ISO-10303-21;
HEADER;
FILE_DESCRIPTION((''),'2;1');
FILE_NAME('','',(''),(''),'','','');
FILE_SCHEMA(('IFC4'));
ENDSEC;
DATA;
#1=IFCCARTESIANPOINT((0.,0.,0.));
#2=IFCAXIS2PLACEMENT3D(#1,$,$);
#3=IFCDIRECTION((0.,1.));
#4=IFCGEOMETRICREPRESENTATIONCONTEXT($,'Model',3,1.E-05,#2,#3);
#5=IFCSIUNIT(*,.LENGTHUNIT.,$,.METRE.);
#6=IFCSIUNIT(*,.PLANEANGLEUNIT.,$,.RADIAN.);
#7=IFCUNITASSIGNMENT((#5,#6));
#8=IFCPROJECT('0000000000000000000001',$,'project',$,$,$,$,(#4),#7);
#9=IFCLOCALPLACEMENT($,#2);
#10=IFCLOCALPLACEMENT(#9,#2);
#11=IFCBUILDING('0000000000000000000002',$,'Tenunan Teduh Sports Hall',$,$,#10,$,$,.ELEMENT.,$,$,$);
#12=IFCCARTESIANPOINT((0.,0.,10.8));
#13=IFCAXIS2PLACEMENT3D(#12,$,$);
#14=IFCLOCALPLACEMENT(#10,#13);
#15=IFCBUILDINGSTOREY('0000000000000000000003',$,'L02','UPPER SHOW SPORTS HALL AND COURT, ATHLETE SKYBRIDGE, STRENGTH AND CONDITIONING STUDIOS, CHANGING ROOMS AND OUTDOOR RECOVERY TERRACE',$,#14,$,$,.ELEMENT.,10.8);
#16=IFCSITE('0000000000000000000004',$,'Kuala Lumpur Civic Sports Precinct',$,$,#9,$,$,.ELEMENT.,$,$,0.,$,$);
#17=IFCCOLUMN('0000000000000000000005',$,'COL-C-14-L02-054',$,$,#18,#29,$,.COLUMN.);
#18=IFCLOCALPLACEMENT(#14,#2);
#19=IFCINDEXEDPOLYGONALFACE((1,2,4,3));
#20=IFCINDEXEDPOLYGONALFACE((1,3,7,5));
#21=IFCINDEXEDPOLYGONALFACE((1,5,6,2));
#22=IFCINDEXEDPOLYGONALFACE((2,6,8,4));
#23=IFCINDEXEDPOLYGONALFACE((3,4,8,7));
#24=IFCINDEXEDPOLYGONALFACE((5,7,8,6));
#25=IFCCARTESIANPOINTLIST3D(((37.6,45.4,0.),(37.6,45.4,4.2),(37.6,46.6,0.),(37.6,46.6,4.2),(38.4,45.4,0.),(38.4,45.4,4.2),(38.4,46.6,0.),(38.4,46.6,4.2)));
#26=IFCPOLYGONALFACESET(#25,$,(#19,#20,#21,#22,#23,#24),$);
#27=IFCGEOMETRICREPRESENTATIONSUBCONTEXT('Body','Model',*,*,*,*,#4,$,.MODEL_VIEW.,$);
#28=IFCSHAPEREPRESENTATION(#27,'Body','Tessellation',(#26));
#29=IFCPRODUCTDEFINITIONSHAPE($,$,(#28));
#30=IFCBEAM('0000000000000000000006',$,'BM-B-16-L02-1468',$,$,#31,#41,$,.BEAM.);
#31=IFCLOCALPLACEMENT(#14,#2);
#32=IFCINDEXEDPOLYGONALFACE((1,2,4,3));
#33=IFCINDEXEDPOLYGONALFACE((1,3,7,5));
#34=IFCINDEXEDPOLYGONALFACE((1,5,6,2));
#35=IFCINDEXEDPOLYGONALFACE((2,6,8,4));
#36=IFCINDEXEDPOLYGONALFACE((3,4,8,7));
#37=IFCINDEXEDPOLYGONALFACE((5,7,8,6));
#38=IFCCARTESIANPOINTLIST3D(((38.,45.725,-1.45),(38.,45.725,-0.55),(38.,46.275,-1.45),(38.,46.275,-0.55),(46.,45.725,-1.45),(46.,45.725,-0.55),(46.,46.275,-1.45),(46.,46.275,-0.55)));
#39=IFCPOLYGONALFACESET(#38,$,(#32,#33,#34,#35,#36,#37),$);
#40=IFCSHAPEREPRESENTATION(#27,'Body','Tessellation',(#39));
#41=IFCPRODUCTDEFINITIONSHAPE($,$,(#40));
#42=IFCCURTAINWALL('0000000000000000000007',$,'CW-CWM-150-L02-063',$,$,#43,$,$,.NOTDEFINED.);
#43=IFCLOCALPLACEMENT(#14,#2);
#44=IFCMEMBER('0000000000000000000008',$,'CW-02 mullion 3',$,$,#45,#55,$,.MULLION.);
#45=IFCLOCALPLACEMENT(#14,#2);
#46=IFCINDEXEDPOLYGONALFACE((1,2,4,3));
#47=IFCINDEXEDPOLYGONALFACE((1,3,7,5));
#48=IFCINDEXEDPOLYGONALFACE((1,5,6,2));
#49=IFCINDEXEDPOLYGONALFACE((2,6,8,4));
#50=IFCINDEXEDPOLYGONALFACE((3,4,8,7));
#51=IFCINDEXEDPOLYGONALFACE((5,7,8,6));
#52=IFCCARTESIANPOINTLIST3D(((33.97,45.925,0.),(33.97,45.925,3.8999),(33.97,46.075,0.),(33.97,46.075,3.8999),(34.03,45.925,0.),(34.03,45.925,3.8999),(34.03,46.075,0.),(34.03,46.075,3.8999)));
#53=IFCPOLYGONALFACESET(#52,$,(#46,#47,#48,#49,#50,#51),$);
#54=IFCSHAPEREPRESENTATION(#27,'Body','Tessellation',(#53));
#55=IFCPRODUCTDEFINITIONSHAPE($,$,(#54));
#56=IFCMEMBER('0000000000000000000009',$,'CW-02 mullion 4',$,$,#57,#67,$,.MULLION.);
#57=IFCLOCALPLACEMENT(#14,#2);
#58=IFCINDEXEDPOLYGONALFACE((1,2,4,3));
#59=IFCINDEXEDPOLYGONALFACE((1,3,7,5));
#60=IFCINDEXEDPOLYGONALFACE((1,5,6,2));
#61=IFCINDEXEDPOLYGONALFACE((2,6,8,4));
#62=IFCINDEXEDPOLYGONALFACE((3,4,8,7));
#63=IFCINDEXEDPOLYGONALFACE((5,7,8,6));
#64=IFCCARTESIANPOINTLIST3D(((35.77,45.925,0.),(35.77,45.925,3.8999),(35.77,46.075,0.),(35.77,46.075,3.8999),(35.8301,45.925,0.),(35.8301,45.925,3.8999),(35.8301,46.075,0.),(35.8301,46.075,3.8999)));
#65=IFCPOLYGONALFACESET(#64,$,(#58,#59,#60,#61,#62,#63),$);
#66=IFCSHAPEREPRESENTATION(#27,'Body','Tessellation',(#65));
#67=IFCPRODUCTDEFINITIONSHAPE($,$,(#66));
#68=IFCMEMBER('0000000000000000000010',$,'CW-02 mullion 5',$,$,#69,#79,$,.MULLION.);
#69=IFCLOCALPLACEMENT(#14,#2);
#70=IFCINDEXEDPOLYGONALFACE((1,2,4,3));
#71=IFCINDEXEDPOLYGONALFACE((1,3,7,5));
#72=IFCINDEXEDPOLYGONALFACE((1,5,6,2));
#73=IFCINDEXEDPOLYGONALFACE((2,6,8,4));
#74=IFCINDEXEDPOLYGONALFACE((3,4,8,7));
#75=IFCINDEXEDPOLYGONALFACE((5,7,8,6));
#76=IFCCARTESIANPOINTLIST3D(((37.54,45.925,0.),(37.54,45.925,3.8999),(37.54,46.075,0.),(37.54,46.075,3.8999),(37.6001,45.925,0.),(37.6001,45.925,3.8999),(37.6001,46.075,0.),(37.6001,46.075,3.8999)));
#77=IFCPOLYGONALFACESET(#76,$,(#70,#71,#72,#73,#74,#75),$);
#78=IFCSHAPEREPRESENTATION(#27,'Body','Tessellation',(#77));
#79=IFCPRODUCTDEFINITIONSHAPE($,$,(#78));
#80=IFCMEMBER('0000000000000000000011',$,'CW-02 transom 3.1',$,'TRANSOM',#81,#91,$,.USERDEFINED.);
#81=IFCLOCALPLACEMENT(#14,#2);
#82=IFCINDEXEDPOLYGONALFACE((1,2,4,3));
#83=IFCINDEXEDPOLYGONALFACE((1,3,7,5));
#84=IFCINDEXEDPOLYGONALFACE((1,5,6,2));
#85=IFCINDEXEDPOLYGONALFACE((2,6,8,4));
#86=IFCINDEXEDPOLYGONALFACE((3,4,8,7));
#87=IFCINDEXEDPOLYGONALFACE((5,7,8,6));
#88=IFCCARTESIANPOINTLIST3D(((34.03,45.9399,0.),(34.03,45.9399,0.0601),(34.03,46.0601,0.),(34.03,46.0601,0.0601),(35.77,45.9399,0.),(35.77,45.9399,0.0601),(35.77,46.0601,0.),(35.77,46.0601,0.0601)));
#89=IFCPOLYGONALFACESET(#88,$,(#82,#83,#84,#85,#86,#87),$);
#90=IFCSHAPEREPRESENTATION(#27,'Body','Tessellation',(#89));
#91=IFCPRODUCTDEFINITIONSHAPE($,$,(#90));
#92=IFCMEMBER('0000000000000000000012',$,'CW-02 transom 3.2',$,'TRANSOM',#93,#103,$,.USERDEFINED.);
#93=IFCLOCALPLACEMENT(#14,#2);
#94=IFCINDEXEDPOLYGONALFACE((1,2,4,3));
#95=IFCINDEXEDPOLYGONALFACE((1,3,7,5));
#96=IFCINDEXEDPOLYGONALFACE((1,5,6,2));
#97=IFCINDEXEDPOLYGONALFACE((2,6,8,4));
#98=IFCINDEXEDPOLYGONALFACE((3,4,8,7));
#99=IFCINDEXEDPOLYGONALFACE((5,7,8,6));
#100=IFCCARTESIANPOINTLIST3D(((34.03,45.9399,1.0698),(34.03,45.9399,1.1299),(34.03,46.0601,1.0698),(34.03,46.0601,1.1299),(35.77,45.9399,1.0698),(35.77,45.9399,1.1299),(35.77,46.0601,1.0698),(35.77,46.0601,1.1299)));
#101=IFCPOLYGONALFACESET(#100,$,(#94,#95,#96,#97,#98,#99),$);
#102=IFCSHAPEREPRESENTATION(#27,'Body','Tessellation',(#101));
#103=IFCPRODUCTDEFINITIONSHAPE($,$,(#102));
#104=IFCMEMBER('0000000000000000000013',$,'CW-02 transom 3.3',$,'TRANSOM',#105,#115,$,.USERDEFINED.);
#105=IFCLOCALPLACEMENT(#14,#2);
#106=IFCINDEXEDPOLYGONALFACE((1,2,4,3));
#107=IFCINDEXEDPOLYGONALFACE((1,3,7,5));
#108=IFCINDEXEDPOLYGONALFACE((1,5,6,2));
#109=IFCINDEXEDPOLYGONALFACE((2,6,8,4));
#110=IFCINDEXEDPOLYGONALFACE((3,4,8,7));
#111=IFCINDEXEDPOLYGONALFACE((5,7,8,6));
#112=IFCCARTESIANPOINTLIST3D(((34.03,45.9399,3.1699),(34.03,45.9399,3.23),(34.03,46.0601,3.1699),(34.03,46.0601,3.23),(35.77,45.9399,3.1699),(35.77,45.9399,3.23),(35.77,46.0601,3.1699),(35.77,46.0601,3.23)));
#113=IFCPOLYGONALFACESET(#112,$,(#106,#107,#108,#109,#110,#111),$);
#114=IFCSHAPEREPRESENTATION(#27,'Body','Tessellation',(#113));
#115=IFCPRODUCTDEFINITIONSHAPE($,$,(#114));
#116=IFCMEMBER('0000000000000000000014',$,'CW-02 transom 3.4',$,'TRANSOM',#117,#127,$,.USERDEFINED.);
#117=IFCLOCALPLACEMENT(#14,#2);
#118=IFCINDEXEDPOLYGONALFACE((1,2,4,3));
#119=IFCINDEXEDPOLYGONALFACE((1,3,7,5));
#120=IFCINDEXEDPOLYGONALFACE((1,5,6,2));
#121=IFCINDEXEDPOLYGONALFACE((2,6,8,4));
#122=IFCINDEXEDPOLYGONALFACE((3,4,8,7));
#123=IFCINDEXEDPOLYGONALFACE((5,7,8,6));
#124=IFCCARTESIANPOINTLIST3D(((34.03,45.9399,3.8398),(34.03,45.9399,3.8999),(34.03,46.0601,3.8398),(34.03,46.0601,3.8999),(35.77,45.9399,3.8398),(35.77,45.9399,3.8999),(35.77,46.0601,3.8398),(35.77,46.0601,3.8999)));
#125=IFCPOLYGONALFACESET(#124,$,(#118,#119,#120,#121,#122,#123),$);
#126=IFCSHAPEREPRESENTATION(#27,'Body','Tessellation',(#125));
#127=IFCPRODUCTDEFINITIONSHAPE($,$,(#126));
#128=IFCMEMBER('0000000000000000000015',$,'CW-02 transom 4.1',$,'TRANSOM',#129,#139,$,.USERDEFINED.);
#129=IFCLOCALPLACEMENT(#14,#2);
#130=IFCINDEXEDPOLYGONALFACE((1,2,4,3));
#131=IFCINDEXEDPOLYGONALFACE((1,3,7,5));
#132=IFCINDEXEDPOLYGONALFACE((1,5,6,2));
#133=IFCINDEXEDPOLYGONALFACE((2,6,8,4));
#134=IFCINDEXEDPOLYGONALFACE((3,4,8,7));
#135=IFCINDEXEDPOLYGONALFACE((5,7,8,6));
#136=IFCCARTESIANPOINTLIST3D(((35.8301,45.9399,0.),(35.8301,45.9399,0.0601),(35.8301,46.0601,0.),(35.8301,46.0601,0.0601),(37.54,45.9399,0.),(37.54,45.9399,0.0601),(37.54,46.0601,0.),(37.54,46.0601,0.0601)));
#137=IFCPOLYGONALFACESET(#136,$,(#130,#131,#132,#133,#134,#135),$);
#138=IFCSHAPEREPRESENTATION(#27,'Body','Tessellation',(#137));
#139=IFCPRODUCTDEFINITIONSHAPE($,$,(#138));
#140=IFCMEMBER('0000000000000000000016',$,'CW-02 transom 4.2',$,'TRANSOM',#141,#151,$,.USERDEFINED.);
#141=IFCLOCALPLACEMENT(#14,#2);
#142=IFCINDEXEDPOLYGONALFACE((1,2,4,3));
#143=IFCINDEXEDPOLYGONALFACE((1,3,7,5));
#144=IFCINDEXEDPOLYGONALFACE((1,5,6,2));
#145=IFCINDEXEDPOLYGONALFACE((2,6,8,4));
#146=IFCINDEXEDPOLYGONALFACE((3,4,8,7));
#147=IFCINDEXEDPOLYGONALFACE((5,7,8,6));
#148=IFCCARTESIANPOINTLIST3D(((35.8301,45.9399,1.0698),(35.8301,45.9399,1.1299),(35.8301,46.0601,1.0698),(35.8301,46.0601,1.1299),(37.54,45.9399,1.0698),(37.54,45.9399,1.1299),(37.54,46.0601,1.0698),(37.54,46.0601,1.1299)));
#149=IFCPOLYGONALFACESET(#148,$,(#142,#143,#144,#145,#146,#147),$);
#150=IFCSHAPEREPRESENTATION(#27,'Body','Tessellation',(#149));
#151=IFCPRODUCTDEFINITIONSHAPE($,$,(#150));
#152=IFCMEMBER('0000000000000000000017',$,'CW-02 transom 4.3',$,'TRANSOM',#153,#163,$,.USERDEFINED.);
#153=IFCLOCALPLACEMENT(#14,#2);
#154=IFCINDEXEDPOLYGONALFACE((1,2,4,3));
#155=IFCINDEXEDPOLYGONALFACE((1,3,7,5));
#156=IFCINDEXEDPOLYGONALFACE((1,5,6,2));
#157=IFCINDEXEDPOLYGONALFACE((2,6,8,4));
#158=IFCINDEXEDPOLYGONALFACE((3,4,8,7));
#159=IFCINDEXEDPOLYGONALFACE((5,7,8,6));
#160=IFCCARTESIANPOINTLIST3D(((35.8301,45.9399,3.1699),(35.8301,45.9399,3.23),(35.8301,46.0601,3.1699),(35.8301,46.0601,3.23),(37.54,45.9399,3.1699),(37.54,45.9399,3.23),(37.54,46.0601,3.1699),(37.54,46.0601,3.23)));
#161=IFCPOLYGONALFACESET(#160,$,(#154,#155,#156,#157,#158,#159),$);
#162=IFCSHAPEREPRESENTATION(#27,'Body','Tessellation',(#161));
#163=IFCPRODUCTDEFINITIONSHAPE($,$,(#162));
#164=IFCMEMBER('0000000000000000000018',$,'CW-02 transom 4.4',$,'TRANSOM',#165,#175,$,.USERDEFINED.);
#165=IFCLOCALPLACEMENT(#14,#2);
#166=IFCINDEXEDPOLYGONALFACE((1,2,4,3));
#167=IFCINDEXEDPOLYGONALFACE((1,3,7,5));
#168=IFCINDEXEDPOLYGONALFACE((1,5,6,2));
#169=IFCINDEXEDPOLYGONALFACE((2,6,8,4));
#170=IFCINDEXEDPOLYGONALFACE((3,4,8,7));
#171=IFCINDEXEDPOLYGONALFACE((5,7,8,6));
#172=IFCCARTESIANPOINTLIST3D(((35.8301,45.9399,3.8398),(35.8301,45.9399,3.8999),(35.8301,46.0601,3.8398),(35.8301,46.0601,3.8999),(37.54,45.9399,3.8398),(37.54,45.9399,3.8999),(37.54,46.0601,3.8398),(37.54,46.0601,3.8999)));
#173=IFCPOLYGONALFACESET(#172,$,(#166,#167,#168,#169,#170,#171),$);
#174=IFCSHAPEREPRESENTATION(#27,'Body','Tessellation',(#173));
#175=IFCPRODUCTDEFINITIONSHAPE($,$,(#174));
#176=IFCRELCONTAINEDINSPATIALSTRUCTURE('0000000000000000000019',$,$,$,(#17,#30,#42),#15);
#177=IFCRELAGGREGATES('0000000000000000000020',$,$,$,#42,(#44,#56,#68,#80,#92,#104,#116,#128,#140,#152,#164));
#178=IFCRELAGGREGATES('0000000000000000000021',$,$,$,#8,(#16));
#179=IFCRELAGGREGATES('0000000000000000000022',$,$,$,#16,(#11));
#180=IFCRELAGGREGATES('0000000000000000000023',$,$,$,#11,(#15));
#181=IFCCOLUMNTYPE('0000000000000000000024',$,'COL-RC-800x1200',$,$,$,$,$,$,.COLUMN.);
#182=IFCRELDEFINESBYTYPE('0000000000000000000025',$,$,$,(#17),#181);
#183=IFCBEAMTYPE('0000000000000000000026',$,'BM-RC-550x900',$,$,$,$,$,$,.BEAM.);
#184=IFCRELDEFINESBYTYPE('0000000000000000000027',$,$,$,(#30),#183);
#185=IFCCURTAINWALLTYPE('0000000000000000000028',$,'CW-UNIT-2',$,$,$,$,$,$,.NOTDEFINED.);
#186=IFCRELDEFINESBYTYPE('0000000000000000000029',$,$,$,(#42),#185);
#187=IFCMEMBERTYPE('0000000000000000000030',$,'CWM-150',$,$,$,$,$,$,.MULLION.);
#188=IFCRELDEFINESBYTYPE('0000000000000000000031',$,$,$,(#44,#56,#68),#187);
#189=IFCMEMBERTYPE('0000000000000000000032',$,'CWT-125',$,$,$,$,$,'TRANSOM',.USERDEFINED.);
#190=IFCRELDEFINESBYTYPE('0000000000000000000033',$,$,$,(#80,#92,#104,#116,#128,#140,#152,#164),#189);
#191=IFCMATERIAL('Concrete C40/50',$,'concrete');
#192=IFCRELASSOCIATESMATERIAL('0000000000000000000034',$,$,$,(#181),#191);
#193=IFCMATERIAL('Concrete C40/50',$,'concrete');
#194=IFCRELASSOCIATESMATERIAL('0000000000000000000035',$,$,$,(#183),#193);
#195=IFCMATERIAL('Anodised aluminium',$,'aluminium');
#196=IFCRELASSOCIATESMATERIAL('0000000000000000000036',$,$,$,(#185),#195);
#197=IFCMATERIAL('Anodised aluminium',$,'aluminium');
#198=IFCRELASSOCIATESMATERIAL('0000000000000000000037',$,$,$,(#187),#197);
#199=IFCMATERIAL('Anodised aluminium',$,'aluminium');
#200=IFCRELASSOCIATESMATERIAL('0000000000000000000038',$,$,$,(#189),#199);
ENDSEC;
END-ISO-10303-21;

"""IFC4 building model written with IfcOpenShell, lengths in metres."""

from ifc_helpers import new_model, si_unit, direction, frame, origin, origin_2d, place, context, subcontext, project, spatial, rectangle, extrude, material, material_profile, profile_set, type_object, element, aggregate, save


model = new_model("IFC4")

# Units and contexts
model_context = context("Model", 3, precision=1e-05, world=origin(), true_north=direction((0.0, 1.0)))
body_context = subcontext(model_context, "Body", "Model", "MODEL_VIEW")
ifc_project = project(units=[si_unit("LENGTHUNIT", "METRE"), si_unit("PLANEANGLEUNIT", "RADIAN")], contexts=[model_context])

# Site, building, storey
site_placement = place(None, origin())
site = spatial("IfcSite", under=ifc_project, at=site_placement, Name="Kuala Lumpur Civic Sports Precinct", CompositionType="ELEMENT", RefElevation=0.0)
building_placement = place(site_placement, origin())
building = spatial("IfcBuilding", under=site, at=building_placement, Name="Tenunan Teduh Sports Hall", CompositionType="ELEMENT")
storey_placement = place(building_placement, frame((0.0, 0.0, 10.8)))
storey = spatial("IfcBuildingStorey", under=building, at=storey_placement, Name="L02", Description="UPPER SHOW SPORTS HALL AND COURT, ATHLETE SKYBRIDGE, STRENGTH AND CONDITIONING STUDIOS, CHANGING ROOMS AND OUTDOOR RECOVERY TERRACE", CompositionType="ELEMENT", Elevation=10.8)

# Column
ifc_material_1 = material(Name="Concrete C40/50", Category="concrete")
ifc_material_profile_1 = material_profile(ifc_material_1, rectangle(XDim=0.8, YDim=1.2, at=origin_2d()), Name="RC 800x1200")
ifc_profile_set_1 = profile_set([ifc_material_profile_1], Name="Concrete C40/50")
column_type = type_object("IfcColumnType", Name="COL-RC-800x1200", PredefinedType="COLUMN", material=ifc_profile_set_1)
column_placement = place(storey_placement, frame((38.0, 46.0, 0.0), z_axis=(0.0, 0.0, 1.0), x_axis=(1.0, 0.0, 0.0)))
element("IfcColumn", 1, at=column_placement, inside=storey, type_object=column_type, Name="COL-C-14-L02-054", PredefinedType="COLUMN", context=body_context, shape_type="SweptSolid", body=[
    extrude(rectangle(XDim=0.8, YDim=1.2, at=origin_2d()), origin(), (0.0, 0.0, 1.0), 4.2),
])

# Beam
ifc_material_2 = material(Name="Concrete C40/50", Category="concrete")
ifc_material_profile_2 = material_profile(ifc_material_2, rectangle(XDim=0.55, YDim=0.8999, at=origin_2d()), Name="RCB 550x900")
ifc_profile_set_2 = profile_set([ifc_material_profile_2], Name="Concrete C40/50")
beam_type_1 = type_object("IfcBeamType", Name="BM-RC-550x900", PredefinedType="BEAM", material=ifc_profile_set_2)
beam_1_placement = place(storey_placement, frame((38.0, 46.0, -1.0), z_axis=(1.0, 0.0, 0.0), x_axis=(0.0, 1.0, 0.0)))
element("IfcBeam", 2, at=beam_1_placement, inside=storey, type_object=beam_type_1, Name="BM-B-16-L02-1468", PredefinedType="BEAM", context=body_context, shape_type="SweptSolid", body=[
    extrude(rectangle(XDim=0.55, YDim=0.8999, at=origin_2d()), origin(), (0.0, 0.0, 1.0), 8.0),
])

# Curtain wall, members
ifc_material_3 = material(Name="Anodised aluminium", Category="aluminium")
curtain_wall_type = type_object("IfcCurtainWallType", Name="CW-UNIT-2", PredefinedType="NOTDEFINED", material=ifc_material_3)
curtain_wall_placement = place(storey_placement, origin())
curtain_wall = element("IfcCurtainWall", 3, at=curtain_wall_placement, inside=storey, type_object=curtain_wall_type, Name="CW-CWM-150-L02-063", PredefinedType="NOTDEFINED")
ifc_material_4 = material(Name="Anodised aluminium", Category="aluminium")
ifc_material_profile_3 = material_profile(ifc_material_4, rectangle(XDim=0.0601, YDim=0.1499, at=origin_2d()), Name="CWM 60x150")
ifc_profile_set_3 = profile_set([ifc_material_profile_3], Name="Anodised aluminium")
member_type_1 = type_object("IfcMemberType", Name="CWM-150", PredefinedType="MULLION", material=ifc_profile_set_3)
member_1_placement = place(storey_placement, frame((34.0, 46.0, 0.0), z_axis=(0.0, 0.0, 1.0), x_axis=(1.0, 0.0, 0.0)))
member_1 = element("IfcMember", 4, at=member_1_placement, type_object=member_type_1, Name="CW-02 mullion 3", PredefinedType="MULLION", context=body_context, shape_type="SweptSolid", body=[
    extrude(rectangle(XDim=0.0601, YDim=0.1499, at=origin_2d()), origin(), (0.0, 0.0, 1.0), 3.8999),
])
member_2_placement = place(storey_placement, frame((35.8, 46.0, 0.0), z_axis=(0.0, 0.0, 1.0), x_axis=(1.0, 0.0, 0.0)))
member_2 = element("IfcMember", 5, at=member_2_placement, type_object=member_type_1, Name="CW-02 mullion 4", PredefinedType="MULLION", context=body_context, shape_type="SweptSolid", body=[
    extrude(rectangle(XDim=0.0601, YDim=0.1499, at=origin_2d()), origin(), (0.0, 0.0, 1.0), 3.8999),
])
member_3_placement = place(storey_placement, frame((37.5701, 46.0, 0.0), z_axis=(0.0, 0.0, 1.0), x_axis=(1.0, 0.0, 0.0)))
member_3 = element("IfcMember", 6, at=member_3_placement, type_object=member_type_1, Name="CW-02 mullion 5", PredefinedType="MULLION", context=body_context, shape_type="SweptSolid", body=[
    extrude(rectangle(XDim=0.0601, YDim=0.1499, at=origin_2d()), origin(), (0.0, 0.0, 1.0), 3.8999),
])
ifc_material_5 = material(Name="Anodised aluminium", Category="aluminium")
ifc_material_profile_4 = material_profile(ifc_material_5, rectangle(XDim=0.0601, YDim=0.1201, at=origin_2d()), Name="CWT 60x120")
ifc_profile_set_4 = profile_set([ifc_material_profile_4], Name="Anodised aluminium")
member_type_2 = type_object("IfcMemberType", Name="CWT-125", ElementType="TRANSOM", PredefinedType="USERDEFINED", material=ifc_profile_set_4)
member_4_placement = place(storey_placement, frame((34.03, 46.0, 0.03), z_axis=(1.0, 0.0, 0.0), x_axis=(0.0, 0.0, 1.0)))
member_4 = element("IfcMember", 7, at=member_4_placement, type_object=member_type_2, Name="CW-02 transom 3.1", ObjectType="TRANSOM", PredefinedType="USERDEFINED", context=body_context, shape_type="SweptSolid", body=[
    extrude(rectangle(XDim=0.0601, YDim=0.1201, at=origin_2d()), origin(), (0.0, 0.0, 1.0), 1.74),
])
member_5_placement = place(storey_placement, frame((34.03, 46.0, 1.0999), z_axis=(1.0, 0.0, 0.0), x_axis=(0.0, 0.0, 1.0)))
member_5 = element("IfcMember", 8, at=member_5_placement, type_object=member_type_2, Name="CW-02 transom 3.2", ObjectType="TRANSOM", PredefinedType="USERDEFINED", context=body_context, shape_type="SweptSolid", body=[
    extrude(rectangle(XDim=0.0601, YDim=0.1201, at=origin_2d()), origin(), (0.0, 0.0, 1.0), 1.74),
])
member_6_placement = place(storey_placement, frame((34.03, 46.0, 3.2), z_axis=(1.0, 0.0, 0.0), x_axis=(0.0, 0.0, 1.0)))
member_6 = element("IfcMember", 9, at=member_6_placement, type_object=member_type_2, Name="CW-02 transom 3.3", ObjectType="TRANSOM", PredefinedType="USERDEFINED", context=body_context, shape_type="SweptSolid", body=[
    extrude(rectangle(XDim=0.0601, YDim=0.1201, at=origin_2d()), origin(), (0.0, 0.0, 1.0), 1.74),
])
member_7_placement = place(storey_placement, frame((34.03, 46.0, 3.8699), z_axis=(1.0, 0.0, 0.0), x_axis=(0.0, 0.0, 1.0)))
member_7 = element("IfcMember", 10, at=member_7_placement, type_object=member_type_2, Name="CW-02 transom 3.4", ObjectType="TRANSOM", PredefinedType="USERDEFINED", context=body_context, shape_type="SweptSolid", body=[
    extrude(rectangle(XDim=0.0601, YDim=0.1201, at=origin_2d()), origin(), (0.0, 0.0, 1.0), 1.74),
])
member_8_placement = place(storey_placement, frame((35.8301, 46.0, 0.03), z_axis=(1.0, 0.0, 0.0), x_axis=(0.0, 0.0, 1.0)))
member_8 = element("IfcMember", 11, at=member_8_placement, type_object=member_type_2, Name="CW-02 transom 4.1", ObjectType="TRANSOM", PredefinedType="USERDEFINED", context=body_context, shape_type="SweptSolid", body=[
    extrude(rectangle(XDim=0.0601, YDim=0.1201, at=origin_2d()), origin(), (0.0, 0.0, 1.0), 1.71),
])
member_9_placement = place(storey_placement, frame((35.8301, 46.0, 1.0999), z_axis=(1.0, 0.0, 0.0), x_axis=(0.0, 0.0, 1.0)))
member_9 = element("IfcMember", 12, at=member_9_placement, type_object=member_type_2, Name="CW-02 transom 4.2", ObjectType="TRANSOM", PredefinedType="USERDEFINED", context=body_context, shape_type="SweptSolid", body=[
    extrude(rectangle(XDim=0.0601, YDim=0.1201, at=origin_2d()), origin(), (0.0, 0.0, 1.0), 1.71),
])
member_10_placement = place(storey_placement, frame((35.8301, 46.0, 3.2), z_axis=(1.0, 0.0, 0.0), x_axis=(0.0, 0.0, 1.0)))
member_10 = element("IfcMember", 13, at=member_10_placement, type_object=member_type_2, Name="CW-02 transom 4.3", ObjectType="TRANSOM", PredefinedType="USERDEFINED", context=body_context, shape_type="SweptSolid", body=[
    extrude(rectangle(XDim=0.0601, YDim=0.1201, at=origin_2d()), origin(), (0.0, 0.0, 1.0), 1.71),
])
member_11_placement = place(storey_placement, frame((35.8301, 46.0, 3.8699), z_axis=(1.0, 0.0, 0.0), x_axis=(0.0, 0.0, 1.0)))
member_11 = element("IfcMember", 14, at=member_11_placement, type_object=member_type_2, Name="CW-02 transom 4.4", ObjectType="TRANSOM", PredefinedType="USERDEFINED", context=body_context, shape_type="SweptSolid", body=[
    extrude(rectangle(XDim=0.0601, YDim=0.1201, at=origin_2d()), origin(), (0.0, 0.0, 1.0), 1.71),
])

aggregate(curtain_wall, [member_1, member_2, member_3, member_4, member_5, member_6, member_7, member_8, member_9, member_10, member_11])

save(model, "model.ifc")
